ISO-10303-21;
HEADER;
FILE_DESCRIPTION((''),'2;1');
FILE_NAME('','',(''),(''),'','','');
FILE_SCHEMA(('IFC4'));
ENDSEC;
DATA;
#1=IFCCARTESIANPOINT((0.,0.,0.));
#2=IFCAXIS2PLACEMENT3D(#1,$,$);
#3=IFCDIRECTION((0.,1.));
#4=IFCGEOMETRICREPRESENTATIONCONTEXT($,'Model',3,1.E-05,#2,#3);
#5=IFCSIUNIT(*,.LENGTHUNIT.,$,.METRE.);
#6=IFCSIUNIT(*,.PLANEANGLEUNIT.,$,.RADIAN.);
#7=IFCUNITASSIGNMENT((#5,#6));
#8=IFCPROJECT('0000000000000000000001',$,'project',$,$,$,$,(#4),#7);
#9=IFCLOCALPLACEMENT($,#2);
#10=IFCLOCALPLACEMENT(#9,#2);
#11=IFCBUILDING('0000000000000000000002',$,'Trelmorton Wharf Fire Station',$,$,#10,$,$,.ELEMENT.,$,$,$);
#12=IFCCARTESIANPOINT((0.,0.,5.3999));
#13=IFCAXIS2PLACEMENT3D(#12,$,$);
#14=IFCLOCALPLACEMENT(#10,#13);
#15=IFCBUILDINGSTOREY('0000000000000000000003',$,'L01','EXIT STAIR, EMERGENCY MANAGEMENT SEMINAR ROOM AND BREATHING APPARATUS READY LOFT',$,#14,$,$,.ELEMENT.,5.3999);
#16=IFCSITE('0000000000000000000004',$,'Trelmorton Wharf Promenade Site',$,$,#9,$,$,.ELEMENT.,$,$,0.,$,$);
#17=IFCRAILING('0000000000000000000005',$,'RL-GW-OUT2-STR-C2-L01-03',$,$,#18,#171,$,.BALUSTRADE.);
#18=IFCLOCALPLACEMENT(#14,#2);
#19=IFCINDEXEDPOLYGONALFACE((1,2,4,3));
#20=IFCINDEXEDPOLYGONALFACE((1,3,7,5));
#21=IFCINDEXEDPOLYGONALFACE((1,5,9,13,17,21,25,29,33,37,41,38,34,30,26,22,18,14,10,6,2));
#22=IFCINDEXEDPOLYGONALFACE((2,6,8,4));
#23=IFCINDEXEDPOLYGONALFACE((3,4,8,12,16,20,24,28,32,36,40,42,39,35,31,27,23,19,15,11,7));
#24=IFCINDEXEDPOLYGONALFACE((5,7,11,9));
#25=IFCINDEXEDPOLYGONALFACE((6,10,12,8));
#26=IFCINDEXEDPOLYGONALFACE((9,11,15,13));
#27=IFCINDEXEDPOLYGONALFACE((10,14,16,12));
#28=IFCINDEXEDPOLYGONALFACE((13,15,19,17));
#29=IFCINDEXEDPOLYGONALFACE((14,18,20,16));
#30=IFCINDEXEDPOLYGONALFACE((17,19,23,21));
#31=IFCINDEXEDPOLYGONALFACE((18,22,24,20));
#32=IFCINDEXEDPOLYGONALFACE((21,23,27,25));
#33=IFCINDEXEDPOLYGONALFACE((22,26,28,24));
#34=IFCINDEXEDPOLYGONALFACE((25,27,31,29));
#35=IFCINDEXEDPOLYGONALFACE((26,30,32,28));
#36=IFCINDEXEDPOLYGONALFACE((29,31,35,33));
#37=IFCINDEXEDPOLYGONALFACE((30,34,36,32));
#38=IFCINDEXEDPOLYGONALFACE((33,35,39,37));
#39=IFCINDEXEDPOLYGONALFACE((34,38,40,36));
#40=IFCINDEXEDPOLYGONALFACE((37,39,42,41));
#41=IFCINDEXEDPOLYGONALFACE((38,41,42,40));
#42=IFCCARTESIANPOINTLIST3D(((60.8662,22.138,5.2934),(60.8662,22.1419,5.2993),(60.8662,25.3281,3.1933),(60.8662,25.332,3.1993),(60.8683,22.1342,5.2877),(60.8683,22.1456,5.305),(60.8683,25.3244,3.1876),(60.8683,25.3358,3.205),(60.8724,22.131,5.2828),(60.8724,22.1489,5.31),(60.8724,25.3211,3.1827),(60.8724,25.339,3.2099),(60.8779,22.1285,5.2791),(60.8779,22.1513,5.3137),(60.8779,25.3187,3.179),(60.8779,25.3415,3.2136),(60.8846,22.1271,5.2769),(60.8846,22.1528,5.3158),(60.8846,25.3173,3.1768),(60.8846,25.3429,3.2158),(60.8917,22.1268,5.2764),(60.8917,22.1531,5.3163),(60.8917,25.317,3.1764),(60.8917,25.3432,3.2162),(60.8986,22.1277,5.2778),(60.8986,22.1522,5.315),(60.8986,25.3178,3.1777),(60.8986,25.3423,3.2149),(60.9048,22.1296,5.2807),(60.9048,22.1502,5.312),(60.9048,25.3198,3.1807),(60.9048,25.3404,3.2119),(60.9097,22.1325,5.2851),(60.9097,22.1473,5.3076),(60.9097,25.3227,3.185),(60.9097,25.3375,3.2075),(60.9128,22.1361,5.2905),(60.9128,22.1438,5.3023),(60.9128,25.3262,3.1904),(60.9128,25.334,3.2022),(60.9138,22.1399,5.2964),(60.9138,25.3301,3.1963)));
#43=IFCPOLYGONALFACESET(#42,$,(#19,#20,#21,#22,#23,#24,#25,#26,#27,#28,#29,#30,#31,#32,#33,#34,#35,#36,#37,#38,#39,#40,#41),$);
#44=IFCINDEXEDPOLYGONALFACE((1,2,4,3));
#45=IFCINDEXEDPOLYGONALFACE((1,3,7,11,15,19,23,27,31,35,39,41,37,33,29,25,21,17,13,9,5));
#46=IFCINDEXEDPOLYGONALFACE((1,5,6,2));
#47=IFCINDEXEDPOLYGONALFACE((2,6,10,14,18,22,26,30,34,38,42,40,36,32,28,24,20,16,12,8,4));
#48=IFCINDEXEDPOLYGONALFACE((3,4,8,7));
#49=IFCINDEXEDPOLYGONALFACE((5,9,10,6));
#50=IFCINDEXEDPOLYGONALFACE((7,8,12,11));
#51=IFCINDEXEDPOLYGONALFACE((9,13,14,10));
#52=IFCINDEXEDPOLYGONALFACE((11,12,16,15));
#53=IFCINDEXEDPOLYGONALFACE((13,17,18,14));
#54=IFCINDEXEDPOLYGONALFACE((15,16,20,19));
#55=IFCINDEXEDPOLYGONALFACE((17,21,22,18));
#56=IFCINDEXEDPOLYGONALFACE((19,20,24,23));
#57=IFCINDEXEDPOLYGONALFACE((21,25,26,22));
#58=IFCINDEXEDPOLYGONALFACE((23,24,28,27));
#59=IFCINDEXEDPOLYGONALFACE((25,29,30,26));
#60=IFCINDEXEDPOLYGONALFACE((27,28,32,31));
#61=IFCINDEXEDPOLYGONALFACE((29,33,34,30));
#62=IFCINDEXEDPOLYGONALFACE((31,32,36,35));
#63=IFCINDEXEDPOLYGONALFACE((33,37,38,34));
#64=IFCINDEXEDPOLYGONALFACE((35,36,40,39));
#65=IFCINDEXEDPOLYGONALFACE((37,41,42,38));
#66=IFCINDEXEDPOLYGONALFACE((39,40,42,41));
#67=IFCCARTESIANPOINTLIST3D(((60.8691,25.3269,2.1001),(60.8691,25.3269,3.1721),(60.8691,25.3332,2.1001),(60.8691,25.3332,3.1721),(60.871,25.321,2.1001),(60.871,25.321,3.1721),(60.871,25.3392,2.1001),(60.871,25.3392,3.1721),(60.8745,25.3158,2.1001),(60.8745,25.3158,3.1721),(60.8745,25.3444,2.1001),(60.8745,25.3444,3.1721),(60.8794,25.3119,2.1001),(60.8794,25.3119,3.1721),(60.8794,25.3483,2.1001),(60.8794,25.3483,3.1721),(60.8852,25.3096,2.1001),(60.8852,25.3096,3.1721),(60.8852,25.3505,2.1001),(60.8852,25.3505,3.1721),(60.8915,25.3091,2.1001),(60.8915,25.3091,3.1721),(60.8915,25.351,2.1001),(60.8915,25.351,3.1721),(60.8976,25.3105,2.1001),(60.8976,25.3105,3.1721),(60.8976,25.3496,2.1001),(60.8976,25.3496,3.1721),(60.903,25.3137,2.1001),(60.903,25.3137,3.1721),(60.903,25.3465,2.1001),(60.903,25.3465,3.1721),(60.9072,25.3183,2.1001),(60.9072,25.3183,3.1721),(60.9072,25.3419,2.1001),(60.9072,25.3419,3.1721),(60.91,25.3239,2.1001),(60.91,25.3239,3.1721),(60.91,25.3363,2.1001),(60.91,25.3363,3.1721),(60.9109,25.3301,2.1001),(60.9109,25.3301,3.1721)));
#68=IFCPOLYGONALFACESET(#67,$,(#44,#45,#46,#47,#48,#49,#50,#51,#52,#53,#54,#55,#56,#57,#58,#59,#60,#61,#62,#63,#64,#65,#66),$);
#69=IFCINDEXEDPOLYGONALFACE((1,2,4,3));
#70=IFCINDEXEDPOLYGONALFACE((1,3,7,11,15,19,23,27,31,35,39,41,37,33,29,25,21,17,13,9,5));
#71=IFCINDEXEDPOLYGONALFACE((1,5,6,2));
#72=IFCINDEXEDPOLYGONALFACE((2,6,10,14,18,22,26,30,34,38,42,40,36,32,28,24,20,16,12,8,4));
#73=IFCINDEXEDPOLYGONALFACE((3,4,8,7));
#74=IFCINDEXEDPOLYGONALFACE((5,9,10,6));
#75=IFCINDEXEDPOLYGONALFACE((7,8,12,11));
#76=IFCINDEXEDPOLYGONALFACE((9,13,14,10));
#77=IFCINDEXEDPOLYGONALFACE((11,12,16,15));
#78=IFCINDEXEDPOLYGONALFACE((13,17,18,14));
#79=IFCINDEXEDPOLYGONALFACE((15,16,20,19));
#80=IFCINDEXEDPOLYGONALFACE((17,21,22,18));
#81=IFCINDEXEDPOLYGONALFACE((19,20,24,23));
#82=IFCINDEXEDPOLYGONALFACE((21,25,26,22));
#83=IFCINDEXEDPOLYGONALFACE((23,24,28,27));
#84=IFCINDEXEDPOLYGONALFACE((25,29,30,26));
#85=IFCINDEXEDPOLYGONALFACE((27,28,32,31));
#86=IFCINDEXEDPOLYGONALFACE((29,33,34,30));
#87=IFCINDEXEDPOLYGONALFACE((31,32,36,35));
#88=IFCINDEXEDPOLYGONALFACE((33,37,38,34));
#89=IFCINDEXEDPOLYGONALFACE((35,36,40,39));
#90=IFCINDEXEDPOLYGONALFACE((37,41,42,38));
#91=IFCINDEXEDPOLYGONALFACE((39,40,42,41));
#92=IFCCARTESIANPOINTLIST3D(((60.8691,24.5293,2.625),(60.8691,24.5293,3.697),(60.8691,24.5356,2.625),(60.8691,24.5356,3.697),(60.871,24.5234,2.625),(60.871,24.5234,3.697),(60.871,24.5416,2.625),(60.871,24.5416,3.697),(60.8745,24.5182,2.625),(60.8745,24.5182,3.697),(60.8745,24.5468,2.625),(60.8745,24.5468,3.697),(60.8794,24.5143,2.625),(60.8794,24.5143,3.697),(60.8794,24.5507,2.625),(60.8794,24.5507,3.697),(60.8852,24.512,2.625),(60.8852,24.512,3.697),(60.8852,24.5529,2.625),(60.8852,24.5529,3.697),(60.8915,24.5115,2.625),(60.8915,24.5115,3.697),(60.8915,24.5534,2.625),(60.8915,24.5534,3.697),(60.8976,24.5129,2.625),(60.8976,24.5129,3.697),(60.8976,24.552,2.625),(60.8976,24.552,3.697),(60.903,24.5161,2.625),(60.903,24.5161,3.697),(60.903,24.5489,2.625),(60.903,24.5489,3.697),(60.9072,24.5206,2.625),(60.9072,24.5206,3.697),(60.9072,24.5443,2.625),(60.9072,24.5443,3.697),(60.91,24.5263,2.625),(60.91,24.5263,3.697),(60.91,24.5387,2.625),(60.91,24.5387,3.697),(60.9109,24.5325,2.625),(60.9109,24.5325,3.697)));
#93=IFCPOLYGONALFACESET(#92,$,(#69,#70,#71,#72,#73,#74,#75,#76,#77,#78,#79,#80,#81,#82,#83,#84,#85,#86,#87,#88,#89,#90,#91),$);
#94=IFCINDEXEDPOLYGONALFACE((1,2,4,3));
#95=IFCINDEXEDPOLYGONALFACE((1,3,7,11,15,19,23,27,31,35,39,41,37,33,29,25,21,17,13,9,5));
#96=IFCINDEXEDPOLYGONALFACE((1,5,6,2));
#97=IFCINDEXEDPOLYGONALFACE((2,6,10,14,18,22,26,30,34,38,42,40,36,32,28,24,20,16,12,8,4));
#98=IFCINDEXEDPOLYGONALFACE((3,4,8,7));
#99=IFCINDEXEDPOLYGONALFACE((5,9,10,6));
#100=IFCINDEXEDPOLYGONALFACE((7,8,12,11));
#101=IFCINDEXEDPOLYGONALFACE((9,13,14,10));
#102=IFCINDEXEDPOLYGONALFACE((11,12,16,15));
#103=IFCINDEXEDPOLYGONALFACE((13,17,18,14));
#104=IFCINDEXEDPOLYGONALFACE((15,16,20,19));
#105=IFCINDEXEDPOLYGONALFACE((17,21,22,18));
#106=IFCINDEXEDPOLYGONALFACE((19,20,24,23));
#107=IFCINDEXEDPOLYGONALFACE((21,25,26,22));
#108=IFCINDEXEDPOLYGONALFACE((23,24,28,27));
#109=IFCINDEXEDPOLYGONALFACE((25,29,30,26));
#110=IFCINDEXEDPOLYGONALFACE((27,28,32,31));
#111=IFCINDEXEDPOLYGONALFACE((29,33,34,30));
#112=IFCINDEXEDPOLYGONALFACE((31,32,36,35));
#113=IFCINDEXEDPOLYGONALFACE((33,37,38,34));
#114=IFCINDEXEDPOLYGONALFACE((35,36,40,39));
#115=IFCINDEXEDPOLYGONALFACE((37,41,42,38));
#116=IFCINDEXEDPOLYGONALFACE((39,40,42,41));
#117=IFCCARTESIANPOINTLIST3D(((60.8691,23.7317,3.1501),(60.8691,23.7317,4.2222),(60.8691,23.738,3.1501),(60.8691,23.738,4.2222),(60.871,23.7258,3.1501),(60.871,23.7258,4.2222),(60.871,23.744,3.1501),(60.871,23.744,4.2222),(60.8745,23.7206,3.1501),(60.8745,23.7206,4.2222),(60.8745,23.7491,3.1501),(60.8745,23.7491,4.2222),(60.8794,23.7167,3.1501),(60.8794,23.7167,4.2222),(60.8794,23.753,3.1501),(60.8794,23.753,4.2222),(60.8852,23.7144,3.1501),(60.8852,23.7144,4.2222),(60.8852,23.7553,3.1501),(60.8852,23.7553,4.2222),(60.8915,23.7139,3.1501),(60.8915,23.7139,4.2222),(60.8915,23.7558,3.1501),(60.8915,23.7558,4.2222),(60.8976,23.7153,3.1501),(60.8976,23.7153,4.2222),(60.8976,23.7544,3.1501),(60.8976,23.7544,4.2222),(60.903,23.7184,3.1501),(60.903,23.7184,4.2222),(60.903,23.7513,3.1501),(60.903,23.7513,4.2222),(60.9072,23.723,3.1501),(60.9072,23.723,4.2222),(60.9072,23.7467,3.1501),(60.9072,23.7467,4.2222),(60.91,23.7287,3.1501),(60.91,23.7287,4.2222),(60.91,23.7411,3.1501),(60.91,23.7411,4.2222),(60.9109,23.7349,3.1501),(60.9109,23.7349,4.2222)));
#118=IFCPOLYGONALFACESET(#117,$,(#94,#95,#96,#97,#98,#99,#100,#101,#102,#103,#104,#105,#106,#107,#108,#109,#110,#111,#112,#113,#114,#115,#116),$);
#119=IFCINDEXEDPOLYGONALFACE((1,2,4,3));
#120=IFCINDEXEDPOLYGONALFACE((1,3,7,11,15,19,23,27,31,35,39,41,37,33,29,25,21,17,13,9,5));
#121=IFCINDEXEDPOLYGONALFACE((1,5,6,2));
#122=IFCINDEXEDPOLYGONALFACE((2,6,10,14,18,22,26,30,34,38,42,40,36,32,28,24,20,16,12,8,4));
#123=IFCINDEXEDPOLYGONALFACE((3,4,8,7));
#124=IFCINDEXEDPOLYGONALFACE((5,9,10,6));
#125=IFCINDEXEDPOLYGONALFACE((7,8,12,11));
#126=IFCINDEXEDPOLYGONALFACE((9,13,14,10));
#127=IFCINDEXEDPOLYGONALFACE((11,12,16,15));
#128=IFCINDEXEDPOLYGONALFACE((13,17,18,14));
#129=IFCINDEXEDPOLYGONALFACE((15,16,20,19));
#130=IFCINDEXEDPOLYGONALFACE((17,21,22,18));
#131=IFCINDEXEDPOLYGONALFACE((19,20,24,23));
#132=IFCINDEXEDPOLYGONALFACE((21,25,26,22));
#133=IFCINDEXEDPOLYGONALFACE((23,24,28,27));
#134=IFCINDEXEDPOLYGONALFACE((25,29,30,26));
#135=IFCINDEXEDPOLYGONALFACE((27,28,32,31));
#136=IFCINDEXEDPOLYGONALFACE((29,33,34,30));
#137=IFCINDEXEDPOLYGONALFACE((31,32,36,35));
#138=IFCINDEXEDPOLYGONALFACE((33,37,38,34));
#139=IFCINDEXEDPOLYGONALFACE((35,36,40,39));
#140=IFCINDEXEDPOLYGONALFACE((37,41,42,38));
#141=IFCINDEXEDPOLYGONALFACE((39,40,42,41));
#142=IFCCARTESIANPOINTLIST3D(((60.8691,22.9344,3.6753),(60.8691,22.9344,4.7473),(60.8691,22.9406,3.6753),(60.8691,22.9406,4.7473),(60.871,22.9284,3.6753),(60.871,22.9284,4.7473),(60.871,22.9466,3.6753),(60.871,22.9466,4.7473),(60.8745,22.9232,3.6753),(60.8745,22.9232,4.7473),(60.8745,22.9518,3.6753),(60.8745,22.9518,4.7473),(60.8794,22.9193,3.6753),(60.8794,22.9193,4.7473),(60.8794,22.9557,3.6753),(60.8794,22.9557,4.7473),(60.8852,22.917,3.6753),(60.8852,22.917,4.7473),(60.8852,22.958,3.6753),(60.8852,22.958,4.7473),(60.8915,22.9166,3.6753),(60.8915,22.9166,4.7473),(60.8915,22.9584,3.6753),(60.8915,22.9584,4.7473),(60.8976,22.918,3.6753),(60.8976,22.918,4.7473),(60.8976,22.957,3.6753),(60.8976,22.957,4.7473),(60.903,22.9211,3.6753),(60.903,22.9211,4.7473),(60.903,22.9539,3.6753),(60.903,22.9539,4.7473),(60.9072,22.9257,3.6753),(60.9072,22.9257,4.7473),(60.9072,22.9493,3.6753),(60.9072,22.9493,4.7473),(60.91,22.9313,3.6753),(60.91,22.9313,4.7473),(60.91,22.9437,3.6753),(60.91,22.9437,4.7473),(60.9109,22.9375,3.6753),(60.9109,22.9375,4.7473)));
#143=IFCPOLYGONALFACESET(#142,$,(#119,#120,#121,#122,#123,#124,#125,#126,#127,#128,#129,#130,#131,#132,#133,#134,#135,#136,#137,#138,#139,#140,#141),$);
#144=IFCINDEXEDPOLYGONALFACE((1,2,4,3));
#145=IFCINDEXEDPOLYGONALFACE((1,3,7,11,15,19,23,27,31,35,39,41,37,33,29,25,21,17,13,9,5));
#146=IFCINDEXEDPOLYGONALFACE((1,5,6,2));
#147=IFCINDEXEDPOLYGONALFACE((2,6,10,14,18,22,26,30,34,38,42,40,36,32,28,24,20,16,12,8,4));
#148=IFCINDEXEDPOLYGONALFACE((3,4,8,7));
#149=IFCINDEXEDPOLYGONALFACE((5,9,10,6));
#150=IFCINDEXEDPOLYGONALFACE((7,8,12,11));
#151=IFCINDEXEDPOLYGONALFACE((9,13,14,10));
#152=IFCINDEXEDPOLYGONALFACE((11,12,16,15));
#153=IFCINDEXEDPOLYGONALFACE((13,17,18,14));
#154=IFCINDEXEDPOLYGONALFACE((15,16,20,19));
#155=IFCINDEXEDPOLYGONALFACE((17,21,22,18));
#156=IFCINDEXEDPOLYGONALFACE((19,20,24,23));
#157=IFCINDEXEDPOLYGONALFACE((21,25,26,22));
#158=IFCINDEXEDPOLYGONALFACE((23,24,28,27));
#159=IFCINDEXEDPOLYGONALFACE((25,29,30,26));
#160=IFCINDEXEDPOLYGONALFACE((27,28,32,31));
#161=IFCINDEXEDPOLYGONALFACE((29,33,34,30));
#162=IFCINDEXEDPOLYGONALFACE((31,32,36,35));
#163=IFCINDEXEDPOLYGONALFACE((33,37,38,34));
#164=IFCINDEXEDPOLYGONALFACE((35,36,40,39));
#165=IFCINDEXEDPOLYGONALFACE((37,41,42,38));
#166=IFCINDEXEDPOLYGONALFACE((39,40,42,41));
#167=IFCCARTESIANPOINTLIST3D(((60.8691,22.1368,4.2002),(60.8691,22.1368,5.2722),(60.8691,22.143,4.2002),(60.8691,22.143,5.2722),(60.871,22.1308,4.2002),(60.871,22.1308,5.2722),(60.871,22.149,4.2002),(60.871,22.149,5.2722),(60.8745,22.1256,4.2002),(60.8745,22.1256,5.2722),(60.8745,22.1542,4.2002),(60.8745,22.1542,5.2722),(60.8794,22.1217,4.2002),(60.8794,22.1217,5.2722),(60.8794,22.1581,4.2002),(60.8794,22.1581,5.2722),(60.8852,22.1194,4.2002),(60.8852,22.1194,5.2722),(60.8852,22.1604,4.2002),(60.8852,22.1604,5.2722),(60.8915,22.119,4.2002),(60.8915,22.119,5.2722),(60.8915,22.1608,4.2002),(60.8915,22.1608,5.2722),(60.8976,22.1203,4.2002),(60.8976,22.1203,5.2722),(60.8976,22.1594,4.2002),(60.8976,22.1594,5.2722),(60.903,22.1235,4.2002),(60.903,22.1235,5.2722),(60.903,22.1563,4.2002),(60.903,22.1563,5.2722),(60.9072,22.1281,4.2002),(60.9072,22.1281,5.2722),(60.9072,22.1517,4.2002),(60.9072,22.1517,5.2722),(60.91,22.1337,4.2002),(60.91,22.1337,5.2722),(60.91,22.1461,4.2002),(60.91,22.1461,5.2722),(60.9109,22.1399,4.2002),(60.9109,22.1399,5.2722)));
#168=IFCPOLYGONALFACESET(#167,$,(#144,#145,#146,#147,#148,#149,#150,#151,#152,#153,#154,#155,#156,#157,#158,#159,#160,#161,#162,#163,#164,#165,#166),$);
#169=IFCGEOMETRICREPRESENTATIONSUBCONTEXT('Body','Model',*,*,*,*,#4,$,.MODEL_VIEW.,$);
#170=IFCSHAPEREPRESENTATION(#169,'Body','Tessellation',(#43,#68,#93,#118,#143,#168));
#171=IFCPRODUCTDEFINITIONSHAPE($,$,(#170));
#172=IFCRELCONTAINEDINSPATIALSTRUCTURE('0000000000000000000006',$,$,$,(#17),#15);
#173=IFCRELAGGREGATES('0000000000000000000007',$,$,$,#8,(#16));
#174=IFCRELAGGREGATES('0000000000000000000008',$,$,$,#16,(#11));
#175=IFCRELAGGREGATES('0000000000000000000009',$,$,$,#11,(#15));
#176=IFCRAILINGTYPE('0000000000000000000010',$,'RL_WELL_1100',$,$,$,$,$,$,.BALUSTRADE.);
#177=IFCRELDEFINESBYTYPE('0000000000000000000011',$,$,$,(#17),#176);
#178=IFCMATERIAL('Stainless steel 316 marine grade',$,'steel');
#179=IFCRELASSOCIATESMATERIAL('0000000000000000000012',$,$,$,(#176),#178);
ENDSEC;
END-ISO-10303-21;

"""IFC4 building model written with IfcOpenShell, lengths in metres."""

from ifc_helpers import new_model, si_unit, direction, frame, origin, origin_2d, place, context, subcontext, project, spatial, circle, extrude, material, type_object, element, save


model = new_model("IFC4")

# Units and contexts
model_context = context("Model", 3, precision=1e-05, world=origin(), true_north=direction((0.0, 1.0)))
body_context = subcontext(model_context, "Body", "Model", "MODEL_VIEW")
ifc_project = project(units=[si_unit("LENGTHUNIT", "METRE"), si_unit("PLANEANGLEUNIT", "RADIAN")], contexts=[model_context])

# Site, building, storey
site_placement = place(None, origin())
site = spatial("IfcSite", under=ifc_project, at=site_placement, Name="Trelmorton Wharf Promenade Site", CompositionType="ELEMENT", RefElevation=0.0)
building_placement = place(site_placement, origin())
building = spatial("IfcBuilding", under=site, at=building_placement, Name="Trelmorton Wharf Fire Station", CompositionType="ELEMENT")
storey_placement = place(building_placement, frame((0.0, 0.0, 5.3999)))
storey = spatial("IfcBuildingStorey", under=building, at=storey_placement, Name="L01", Description="EXIT STAIR, EMERGENCY MANAGEMENT SEMINAR ROOM AND BREATHING APPARATUS READY LOFT", CompositionType="ELEMENT", Elevation=5.3999)

# Shared definitions
ifc_material_1 = material(Name="Stainless steel 316 marine grade", Category="steel")

# Railing
railing_type_1 = type_object("IfcRailingType", Name="RL_WELL_1100", PredefinedType="BALUSTRADE", material=ifc_material_1)
railing_1_placement = place(storey_placement, frame((60.8899, 25.3301, 2.1001)))
element("IfcRailing", 1, at=railing_1_placement, inside=storey, type_object=railing_type_1, Name="RL-GW-OUT2-STR-C2-L01-03", PredefinedType="BALUSTRADE", context=body_context, shape_type="SweptSolid", body=[
    extrude(circle(Radius=0.0239, at=origin_2d()), frame((0.0, 0.0, 1.0962), z_axis=(0.0, -0.835262, 0.549852), x_axis=(1.0, 0.0, 0.0)), (0.0, 0.0, 1.0), 3.8193),
    extrude(circle(Radius=0.021, at=origin_2d()), origin(), (0.0, 0.0, 1.0), 1.072),
    extrude(circle(Radius=0.021, at=origin_2d()), frame((0.0, -0.7976, 0.5249)), (0.0, 0.0, 1.0), 1.072),
    extrude(circle(Radius=0.021, at=origin_2d()), frame((0.0, -1.5952, 1.05)), (0.0, 0.0, 1.0), 1.072),
    extrude(circle(Radius=0.021, at=origin_2d()), frame((0.0, -2.3926, 1.5752)), (0.0, 0.0, 1.0), 1.072),
    extrude(circle(Radius=0.021, at=origin_2d()), frame((0.0, -3.1902, 2.1001)), (0.0, 0.0, 1.0), 1.072),
])

save(model, "model.ifc")
